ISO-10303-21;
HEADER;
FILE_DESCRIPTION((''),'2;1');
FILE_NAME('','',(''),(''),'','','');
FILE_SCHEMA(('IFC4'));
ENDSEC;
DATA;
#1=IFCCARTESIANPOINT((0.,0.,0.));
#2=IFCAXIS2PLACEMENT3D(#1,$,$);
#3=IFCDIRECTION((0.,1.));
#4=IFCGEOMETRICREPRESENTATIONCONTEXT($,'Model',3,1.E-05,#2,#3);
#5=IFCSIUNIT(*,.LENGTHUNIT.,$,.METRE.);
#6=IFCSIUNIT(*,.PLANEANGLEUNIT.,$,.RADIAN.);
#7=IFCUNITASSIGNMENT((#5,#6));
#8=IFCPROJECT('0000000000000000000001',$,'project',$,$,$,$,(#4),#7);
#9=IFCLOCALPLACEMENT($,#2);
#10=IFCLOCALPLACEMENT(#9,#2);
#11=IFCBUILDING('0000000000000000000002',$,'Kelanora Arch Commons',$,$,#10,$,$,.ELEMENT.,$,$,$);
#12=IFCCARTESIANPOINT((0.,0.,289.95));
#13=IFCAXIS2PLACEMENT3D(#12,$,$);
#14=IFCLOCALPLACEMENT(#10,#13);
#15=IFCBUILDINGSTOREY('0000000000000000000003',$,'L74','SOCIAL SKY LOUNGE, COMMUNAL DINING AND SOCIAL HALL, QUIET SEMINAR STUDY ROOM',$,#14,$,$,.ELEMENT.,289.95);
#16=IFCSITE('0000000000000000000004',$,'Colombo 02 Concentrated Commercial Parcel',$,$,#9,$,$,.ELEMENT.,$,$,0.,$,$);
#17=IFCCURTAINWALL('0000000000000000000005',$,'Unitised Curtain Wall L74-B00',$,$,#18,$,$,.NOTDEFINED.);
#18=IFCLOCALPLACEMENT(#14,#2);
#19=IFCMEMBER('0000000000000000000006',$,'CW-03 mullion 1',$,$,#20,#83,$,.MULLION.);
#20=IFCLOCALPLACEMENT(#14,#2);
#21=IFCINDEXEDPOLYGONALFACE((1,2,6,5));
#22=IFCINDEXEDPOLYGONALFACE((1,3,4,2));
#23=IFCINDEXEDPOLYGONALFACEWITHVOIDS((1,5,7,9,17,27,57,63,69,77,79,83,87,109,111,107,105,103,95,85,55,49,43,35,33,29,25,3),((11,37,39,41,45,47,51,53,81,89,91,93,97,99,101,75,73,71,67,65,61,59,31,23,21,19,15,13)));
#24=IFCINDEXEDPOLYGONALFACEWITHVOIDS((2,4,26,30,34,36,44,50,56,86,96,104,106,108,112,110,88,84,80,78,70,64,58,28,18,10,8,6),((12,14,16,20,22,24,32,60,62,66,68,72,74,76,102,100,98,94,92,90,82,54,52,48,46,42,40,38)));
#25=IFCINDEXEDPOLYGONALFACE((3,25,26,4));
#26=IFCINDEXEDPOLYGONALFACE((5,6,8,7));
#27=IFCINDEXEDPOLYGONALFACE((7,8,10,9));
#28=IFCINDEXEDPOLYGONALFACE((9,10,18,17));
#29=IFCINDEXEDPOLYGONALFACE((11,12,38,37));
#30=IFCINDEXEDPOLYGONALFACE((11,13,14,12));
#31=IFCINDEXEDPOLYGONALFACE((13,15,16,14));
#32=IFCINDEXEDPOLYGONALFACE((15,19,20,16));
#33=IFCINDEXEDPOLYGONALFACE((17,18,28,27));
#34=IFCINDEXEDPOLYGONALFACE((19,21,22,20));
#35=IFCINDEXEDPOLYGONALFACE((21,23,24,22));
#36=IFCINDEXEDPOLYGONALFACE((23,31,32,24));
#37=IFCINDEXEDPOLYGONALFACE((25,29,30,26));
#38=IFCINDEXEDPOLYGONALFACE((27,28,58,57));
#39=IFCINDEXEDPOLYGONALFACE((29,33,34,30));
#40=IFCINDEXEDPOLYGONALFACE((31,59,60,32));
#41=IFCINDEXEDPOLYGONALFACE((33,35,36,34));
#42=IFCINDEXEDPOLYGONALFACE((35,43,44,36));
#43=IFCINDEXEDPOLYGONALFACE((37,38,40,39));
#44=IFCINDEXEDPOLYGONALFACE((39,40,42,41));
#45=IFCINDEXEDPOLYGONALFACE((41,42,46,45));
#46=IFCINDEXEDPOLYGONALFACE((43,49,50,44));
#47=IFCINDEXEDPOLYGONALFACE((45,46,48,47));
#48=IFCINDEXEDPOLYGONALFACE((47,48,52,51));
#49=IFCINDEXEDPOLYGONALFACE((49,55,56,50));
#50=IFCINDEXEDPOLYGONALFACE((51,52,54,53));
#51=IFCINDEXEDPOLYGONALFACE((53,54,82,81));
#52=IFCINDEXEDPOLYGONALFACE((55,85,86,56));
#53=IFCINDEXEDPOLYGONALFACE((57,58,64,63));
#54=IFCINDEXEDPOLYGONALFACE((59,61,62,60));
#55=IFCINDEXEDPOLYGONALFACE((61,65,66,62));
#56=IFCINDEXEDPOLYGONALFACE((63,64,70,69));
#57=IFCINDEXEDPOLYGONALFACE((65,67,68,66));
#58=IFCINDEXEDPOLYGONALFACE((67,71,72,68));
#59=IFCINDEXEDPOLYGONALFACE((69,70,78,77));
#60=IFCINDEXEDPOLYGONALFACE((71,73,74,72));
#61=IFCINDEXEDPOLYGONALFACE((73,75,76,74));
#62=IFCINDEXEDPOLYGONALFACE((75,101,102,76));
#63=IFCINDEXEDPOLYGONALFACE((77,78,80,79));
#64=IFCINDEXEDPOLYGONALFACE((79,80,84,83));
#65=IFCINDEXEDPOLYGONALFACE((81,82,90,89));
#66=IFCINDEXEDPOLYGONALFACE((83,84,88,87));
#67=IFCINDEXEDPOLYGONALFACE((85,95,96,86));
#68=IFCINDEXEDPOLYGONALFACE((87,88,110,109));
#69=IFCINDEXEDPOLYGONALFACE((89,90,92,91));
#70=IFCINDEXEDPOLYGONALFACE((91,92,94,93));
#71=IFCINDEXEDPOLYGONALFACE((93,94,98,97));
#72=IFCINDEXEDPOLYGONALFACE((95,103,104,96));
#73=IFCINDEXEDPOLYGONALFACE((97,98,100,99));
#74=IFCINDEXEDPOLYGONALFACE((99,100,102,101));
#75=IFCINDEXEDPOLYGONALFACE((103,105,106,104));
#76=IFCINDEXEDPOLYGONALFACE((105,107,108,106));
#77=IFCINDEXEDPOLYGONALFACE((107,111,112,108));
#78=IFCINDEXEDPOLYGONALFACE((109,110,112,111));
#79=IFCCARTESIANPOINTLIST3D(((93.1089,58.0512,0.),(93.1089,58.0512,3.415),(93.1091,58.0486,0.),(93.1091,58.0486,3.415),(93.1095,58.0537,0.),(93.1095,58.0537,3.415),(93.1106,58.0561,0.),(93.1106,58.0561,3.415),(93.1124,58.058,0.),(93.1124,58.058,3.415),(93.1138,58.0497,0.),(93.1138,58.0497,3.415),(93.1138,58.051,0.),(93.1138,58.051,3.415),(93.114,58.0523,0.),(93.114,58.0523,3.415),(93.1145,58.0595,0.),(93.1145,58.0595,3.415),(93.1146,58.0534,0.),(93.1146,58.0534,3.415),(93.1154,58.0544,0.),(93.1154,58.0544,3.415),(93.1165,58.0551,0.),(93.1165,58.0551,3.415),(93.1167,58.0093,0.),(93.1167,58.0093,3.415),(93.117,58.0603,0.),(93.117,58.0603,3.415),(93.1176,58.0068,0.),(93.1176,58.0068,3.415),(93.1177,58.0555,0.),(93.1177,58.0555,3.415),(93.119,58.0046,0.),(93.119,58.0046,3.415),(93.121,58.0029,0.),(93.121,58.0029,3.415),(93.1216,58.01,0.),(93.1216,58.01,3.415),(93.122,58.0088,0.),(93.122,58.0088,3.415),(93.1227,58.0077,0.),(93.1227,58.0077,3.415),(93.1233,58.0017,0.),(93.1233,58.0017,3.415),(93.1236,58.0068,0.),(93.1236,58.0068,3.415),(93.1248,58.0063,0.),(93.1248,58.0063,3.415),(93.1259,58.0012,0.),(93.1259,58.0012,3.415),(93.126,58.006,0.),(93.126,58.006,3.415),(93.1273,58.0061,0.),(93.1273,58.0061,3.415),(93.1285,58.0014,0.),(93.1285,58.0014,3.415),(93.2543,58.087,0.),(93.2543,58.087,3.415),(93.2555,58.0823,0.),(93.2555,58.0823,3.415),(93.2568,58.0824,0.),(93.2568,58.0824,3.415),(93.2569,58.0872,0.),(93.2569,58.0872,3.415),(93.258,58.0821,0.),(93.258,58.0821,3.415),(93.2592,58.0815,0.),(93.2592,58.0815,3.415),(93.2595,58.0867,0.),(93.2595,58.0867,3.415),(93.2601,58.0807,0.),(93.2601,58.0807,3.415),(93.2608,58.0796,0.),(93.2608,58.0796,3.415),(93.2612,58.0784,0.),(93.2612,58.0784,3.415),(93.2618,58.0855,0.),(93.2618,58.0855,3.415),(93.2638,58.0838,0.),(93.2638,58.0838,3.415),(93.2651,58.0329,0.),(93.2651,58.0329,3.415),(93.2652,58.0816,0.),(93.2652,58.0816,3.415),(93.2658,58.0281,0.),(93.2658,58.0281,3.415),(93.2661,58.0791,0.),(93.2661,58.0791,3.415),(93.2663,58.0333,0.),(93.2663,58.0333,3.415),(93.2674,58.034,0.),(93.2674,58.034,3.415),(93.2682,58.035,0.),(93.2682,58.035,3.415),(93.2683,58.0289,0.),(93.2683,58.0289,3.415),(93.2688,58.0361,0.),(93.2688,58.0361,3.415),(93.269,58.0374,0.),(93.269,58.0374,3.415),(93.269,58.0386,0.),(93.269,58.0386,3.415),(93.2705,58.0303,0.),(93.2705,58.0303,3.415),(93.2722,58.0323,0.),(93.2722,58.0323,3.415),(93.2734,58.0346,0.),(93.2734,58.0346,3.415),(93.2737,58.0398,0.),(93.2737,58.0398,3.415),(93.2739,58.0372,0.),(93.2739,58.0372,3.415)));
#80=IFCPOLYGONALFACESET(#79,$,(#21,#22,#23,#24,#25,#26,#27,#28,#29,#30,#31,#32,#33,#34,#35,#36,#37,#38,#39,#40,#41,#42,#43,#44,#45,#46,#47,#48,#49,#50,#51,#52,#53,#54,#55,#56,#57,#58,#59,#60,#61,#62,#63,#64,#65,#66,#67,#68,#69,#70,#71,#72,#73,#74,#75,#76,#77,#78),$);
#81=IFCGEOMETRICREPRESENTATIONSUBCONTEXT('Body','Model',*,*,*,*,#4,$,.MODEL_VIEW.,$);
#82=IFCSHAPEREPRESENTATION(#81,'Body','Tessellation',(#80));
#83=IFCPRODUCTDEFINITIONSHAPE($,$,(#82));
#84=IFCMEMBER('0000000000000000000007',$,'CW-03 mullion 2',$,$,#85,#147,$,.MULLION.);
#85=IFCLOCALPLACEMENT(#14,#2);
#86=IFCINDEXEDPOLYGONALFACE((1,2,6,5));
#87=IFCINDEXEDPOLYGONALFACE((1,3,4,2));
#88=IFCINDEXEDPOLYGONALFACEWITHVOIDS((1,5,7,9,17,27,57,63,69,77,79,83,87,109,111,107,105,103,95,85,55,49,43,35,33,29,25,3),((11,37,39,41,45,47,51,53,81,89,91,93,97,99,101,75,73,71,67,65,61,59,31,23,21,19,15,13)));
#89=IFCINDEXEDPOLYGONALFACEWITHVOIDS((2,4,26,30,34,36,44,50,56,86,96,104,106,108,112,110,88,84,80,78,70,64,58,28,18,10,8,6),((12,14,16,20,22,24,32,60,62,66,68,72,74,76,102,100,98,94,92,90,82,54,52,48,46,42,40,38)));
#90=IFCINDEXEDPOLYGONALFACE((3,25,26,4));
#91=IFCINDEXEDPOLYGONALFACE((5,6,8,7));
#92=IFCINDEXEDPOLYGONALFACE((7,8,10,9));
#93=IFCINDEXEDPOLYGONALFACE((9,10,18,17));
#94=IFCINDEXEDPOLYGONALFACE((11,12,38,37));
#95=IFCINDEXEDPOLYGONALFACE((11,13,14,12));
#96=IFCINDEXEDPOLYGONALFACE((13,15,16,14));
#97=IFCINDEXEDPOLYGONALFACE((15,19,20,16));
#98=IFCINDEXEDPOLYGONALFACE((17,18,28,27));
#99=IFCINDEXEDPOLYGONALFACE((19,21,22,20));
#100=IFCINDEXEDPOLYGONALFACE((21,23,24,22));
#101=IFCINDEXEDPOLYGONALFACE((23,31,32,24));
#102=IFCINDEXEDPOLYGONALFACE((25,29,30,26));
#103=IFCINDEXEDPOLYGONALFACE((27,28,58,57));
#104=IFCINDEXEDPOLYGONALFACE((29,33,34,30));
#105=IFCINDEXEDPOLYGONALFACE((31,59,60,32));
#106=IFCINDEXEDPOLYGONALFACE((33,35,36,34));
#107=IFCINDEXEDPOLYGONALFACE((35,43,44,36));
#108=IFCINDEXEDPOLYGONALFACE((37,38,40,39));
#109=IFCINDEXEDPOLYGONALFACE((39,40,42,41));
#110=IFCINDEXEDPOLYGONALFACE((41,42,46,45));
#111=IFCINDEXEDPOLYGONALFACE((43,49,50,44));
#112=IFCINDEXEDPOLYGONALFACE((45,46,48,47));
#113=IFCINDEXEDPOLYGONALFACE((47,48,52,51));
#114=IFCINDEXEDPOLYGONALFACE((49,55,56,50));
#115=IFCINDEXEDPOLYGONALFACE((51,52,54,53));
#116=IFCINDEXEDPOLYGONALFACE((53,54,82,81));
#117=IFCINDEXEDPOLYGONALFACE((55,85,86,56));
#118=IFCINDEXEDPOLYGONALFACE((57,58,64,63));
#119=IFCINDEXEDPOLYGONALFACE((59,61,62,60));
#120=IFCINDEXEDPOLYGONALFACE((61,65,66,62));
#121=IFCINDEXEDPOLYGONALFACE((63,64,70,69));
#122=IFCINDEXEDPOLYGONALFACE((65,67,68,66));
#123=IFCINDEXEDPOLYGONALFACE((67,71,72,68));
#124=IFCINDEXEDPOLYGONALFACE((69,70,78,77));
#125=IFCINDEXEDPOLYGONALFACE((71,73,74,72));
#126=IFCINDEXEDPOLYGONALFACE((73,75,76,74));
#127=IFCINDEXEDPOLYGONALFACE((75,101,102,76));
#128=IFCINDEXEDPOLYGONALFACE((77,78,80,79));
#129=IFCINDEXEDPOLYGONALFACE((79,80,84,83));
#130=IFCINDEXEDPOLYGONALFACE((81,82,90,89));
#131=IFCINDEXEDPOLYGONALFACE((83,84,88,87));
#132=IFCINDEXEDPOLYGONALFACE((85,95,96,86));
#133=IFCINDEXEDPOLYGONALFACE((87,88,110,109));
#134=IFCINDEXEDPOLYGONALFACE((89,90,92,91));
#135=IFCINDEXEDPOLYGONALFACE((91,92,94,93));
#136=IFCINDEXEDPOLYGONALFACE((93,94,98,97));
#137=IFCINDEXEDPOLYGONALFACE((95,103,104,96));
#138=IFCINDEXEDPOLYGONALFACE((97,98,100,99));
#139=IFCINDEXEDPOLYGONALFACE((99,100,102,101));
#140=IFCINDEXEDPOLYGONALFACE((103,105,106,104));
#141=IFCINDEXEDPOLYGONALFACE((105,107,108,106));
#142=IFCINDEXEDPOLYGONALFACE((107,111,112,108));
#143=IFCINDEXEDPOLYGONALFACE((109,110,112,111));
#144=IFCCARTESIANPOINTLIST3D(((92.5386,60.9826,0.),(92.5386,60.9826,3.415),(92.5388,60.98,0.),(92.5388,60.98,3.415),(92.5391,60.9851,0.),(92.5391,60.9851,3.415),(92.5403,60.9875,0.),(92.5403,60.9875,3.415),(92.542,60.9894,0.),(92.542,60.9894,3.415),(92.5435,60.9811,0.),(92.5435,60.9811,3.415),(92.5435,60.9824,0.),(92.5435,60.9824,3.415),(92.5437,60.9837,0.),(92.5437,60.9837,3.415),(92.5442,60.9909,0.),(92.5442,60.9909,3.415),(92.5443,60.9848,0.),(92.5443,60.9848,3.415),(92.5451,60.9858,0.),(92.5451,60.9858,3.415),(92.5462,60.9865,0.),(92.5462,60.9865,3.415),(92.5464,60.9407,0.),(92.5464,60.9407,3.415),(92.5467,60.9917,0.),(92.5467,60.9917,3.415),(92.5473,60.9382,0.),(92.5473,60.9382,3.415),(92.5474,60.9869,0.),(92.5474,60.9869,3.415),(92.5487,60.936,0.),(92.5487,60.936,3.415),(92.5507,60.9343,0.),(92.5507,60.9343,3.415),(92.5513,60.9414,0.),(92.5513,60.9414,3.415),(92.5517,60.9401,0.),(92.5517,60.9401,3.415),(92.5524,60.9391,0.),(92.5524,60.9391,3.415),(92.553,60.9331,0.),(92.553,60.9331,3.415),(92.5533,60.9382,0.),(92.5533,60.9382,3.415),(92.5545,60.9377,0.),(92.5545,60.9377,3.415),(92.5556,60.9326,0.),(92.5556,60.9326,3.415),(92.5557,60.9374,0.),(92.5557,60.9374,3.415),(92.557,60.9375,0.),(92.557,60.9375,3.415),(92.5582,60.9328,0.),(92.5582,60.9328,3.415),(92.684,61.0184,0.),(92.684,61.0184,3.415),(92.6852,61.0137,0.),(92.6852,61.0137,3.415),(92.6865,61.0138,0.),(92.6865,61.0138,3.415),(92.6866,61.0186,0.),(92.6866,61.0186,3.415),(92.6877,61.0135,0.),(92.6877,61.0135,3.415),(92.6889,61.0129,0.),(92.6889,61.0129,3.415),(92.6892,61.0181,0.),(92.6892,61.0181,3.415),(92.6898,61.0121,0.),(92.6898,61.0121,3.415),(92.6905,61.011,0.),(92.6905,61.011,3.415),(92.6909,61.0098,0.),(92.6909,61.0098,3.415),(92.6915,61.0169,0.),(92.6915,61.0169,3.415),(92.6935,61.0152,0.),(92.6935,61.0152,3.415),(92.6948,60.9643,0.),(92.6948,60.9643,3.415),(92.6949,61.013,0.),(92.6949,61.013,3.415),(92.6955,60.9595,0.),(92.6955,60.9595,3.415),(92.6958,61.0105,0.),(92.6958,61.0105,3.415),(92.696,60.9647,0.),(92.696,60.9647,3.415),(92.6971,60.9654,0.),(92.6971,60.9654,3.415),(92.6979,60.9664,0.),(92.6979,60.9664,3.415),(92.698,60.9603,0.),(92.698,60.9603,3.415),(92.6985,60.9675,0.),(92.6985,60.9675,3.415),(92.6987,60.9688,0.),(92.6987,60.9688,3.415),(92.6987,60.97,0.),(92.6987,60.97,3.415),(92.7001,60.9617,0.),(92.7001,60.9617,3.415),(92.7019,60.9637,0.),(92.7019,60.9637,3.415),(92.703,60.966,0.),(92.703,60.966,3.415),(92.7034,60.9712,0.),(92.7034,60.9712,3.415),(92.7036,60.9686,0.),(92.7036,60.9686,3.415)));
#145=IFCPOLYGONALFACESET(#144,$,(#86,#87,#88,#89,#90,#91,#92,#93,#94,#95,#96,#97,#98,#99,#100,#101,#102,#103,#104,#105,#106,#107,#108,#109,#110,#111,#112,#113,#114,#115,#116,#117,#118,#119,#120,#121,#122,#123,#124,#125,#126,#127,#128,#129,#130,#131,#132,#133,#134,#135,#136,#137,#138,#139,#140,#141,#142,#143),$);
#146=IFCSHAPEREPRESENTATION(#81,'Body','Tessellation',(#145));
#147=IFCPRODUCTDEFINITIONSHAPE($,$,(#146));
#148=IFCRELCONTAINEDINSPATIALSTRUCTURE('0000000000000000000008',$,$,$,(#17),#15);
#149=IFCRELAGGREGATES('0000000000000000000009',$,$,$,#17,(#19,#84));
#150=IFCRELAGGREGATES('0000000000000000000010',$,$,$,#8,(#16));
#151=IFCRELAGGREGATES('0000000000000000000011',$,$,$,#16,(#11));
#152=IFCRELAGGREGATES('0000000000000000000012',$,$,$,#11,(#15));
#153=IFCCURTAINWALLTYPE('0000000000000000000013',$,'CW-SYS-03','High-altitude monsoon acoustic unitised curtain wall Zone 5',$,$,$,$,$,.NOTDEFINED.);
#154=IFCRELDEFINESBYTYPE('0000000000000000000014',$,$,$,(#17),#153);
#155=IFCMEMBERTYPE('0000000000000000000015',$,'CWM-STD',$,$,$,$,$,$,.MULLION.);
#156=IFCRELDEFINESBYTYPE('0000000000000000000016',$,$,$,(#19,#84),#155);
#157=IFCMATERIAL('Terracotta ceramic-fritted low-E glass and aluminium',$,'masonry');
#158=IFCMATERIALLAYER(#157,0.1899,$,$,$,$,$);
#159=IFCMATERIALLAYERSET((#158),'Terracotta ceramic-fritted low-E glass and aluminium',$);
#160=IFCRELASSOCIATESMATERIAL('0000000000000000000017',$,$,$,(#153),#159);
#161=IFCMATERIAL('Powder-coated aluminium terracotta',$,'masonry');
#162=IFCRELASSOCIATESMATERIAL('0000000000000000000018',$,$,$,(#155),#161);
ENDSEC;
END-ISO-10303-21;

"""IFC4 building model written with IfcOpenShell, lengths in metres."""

from ifc_helpers import new_model, si_unit, direction, frame, origin, origin_2d, place, context, subcontext, project, spatial, hollow_rectangle, extrude, material, layer, layer_set, material_profile, profile_set, type_object, element, aggregate, save


model = new_model("IFC4")

# Units and contexts
model_context = context("Model", 3, precision=1e-05, world=origin(), true_north=direction((0.0, 1.0)))
body_context = subcontext(model_context, "Body", "Model", "MODEL_VIEW")
ifc_project = project(units=[si_unit("LENGTHUNIT", "METRE"), si_unit("PLANEANGLEUNIT", "RADIAN")], contexts=[model_context])

# Site, building, storey
site_placement = place(None, origin())
site = spatial("IfcSite", under=ifc_project, at=site_placement, Name="Colombo 02 Concentrated Commercial Parcel", CompositionType="ELEMENT", RefElevation=0.0)
building_placement = place(site_placement, origin())
building = spatial("IfcBuilding", under=site, at=building_placement, Name="Kelanora Arch Commons", CompositionType="ELEMENT")
storey_placement = place(building_placement, frame((0.0, 0.0, 289.95)))
storey = spatial("IfcBuildingStorey", under=building, at=storey_placement, Name="L74", Description="SOCIAL SKY LOUNGE, COMMUNAL DINING AND SOCIAL HALL, QUIET SEMINAR STUDY ROOM", CompositionType="ELEMENT", Elevation=289.95)

# Curtain wall, members
ifc_material_1 = material(Name="Terracotta ceramic-fritted low-E glass and aluminium", Category="masonry")
ifc_layer_1 = layer(ifc_material_1, 0.1899)
ifc_layer_set_1 = layer_set([ifc_layer_1], Name="Terracotta ceramic-fritted low-E glass and aluminium")
curtain_wall_type = type_object("IfcCurtainWallType", Name="CW-SYS-03", Description="High-altitude monsoon acoustic unitised curtain wall Zone 5", PredefinedType="NOTDEFINED", material=ifc_layer_set_1)
curtain_wall_placement = place(storey_placement, origin())
curtain_wall = element("IfcCurtainWall", 1, at=curtain_wall_placement, inside=storey, type_object=curtain_wall_type, Name="Unitised Curtain Wall L74-B00", PredefinedType="NOTDEFINED")
ifc_material_2 = material(Name="Powder-coated aluminium terracotta", Category="masonry")
ifc_material_profile_1 = material_profile(ifc_material_2, hollow_rectangle(XDim=0.1599, YDim=0.0601, WallThickness=0.0049, InnerFilletRadius=0.0049, OuterFilletRadius=0.01, at=origin_2d()), Name="CWM160x60")
ifc_profile_set_1 = profile_set([ifc_material_profile_1], Name="Powder-coated aluminium terracotta")
member_type_1 = type_object("IfcMemberType", Name="CWM-STD", PredefinedType="MULLION", material=ifc_profile_set_1)
member_1_placement = place(storey_placement, frame((93.1914, 58.0442, 0.0), z_axis=(0.0, 0.0, 1.0), x_axis=(-0.981596, -0.190972, 0.0)))
member_1 = element("IfcMember", 2, at=member_1_placement, type_object=member_type_1, Name="CW-03 mullion 1", PredefinedType="MULLION", context=body_context, shape_type="SweptSolid", body=[
    extrude(hollow_rectangle(XDim=0.1599, YDim=0.0601, WallThickness=0.0049, InnerFilletRadius=0.0049, OuterFilletRadius=0.01, at=origin_2d()), origin(), (0.0, 0.0, 1.0), 3.415),
])
member_2_placement = place(storey_placement, frame((92.6211, 60.9756, 0.0), z_axis=(0.0, 0.0, 1.0), x_axis=(-0.981596, -0.190972, 0.0)))
member_2 = element("IfcMember", 3, at=member_2_placement, type_object=member_type_1, Name="CW-03 mullion 2", PredefinedType="MULLION", context=body_context, shape_type="SweptSolid", body=[
    extrude(hollow_rectangle(XDim=0.1599, YDim=0.0601, WallThickness=0.0049, InnerFilletRadius=0.0049, OuterFilletRadius=0.01, at=origin_2d()), origin(), (0.0, 0.0, 1.0), 3.415),
])
aggregate(curtain_wall, [member_1, member_2])

save(model, "model.ifc")
